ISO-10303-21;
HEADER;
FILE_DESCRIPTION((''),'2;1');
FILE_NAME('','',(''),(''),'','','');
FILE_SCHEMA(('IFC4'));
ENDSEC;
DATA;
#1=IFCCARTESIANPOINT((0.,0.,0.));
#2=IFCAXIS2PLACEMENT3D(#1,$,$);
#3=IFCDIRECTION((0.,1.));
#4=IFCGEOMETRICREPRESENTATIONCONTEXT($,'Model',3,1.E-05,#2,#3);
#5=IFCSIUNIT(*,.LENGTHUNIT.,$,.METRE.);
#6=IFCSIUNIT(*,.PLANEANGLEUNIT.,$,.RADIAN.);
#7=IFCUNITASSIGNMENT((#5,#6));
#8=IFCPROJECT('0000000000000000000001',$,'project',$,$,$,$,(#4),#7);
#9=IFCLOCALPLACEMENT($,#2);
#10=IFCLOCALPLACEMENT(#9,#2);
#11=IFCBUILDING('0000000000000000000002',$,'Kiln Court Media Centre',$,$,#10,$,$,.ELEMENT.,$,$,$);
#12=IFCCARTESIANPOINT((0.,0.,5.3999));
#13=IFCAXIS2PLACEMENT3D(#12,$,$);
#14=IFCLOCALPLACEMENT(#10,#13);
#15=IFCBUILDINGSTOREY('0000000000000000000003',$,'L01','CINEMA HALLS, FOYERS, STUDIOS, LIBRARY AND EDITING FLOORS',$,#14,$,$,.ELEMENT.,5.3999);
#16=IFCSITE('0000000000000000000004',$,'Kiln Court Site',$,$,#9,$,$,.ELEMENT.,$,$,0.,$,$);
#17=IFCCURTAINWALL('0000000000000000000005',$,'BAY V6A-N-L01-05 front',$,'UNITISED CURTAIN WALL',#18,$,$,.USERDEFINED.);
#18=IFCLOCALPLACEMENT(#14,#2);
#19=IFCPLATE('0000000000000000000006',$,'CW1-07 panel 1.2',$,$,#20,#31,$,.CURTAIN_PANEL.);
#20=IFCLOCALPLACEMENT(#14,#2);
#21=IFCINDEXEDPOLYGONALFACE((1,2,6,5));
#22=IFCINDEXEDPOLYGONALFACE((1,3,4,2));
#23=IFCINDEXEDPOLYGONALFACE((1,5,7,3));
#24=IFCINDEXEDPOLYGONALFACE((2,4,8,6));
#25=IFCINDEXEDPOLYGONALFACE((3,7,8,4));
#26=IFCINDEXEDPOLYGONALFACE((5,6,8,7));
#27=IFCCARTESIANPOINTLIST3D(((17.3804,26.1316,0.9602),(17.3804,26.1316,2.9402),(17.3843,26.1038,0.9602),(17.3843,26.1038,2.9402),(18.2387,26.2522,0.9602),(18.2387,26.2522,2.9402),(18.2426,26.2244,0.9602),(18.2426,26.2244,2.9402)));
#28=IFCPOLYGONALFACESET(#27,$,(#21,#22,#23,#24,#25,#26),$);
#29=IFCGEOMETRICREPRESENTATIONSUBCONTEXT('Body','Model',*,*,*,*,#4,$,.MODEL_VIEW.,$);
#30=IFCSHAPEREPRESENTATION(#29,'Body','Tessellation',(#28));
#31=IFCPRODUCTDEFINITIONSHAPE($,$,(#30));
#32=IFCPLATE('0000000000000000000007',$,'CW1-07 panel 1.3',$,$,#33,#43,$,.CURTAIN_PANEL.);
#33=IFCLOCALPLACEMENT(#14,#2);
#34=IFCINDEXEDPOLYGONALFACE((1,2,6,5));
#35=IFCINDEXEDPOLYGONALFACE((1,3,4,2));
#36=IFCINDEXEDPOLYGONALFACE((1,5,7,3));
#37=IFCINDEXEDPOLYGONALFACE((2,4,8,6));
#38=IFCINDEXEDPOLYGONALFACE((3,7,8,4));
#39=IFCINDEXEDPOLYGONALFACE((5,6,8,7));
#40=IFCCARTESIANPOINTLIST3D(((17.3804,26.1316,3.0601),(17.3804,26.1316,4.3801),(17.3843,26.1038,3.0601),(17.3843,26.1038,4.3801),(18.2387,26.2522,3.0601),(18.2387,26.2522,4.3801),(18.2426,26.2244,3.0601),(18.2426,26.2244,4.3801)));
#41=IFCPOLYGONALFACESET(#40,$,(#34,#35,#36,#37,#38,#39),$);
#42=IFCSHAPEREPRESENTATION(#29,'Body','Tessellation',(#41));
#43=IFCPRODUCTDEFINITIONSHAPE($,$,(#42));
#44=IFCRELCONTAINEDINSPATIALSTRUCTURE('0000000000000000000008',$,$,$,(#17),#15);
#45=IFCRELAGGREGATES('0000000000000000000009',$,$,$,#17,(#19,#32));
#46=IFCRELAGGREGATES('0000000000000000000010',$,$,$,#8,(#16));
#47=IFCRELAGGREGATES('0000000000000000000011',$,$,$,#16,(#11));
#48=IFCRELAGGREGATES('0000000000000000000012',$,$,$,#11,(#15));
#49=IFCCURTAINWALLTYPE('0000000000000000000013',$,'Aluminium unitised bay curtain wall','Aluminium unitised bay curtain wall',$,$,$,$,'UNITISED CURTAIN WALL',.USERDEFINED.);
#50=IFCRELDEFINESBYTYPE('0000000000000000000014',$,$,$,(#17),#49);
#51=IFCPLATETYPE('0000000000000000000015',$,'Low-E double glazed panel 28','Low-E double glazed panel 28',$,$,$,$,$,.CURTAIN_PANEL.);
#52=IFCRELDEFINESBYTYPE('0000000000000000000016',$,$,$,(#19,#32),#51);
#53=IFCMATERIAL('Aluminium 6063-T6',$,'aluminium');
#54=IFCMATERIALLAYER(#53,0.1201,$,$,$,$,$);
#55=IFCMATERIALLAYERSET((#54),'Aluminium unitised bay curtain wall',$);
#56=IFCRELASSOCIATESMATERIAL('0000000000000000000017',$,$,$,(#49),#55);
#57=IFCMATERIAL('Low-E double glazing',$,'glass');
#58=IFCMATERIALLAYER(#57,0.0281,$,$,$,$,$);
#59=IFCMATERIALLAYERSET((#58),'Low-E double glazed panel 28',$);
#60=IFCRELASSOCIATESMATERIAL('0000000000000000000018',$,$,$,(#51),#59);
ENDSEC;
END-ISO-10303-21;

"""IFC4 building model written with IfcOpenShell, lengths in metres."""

from ifc_helpers import new_model, si_unit, direction, frame, origin, origin_2d, place, context, subcontext, project, spatial, rectangle, extrude, material, layer, layer_set, type_object, element, aggregate, save


model = new_model("IFC4")

# Units and contexts
model_context = context("Model", 3, precision=1e-05, world=origin(), true_north=direction((0.0, 1.0)))
body_context = subcontext(model_context, "Body", "Model", "MODEL_VIEW")
ifc_project = project(units=[si_unit("LENGTHUNIT", "METRE"), si_unit("PLANEANGLEUNIT", "RADIAN")], contexts=[model_context])

# Site, building, storey
site_placement = place(None, origin())
site = spatial("IfcSite", under=ifc_project, at=site_placement, Name="Kiln Court Site", CompositionType="ELEMENT", RefElevation=0.0)
building_placement = place(site_placement, origin())
building = spatial("IfcBuilding", under=site, at=building_placement, Name="Kiln Court Media Centre", CompositionType="ELEMENT")
storey_placement = place(building_placement, frame((0.0, 0.0, 5.3999)))
storey = spatial("IfcBuildingStorey", under=building, at=storey_placement, Name="L01", Description="CINEMA HALLS, FOYERS, STUDIOS, LIBRARY AND EDITING FLOORS", CompositionType="ELEMENT", Elevation=5.3999)

# Curtain wall
ifc_material_1 = material(Name="Aluminium 6063-T6", Category="aluminium")
ifc_layer_1 = layer(ifc_material_1, 0.1201)
ifc_layer_set_1 = layer_set([ifc_layer_1], Name="Aluminium unitised bay curtain wall")
curtain_wall_type = type_object("IfcCurtainWallType", Name="Aluminium unitised bay curtain wall", Description="Aluminium unitised bay curtain wall", ElementType="UNITISED CURTAIN WALL", PredefinedType="USERDEFINED", material=ifc_layer_set_1)
curtain_wall_1_placement = place(storey_placement, origin())
curtain_wall_1 = element("IfcCurtainWall", 1, at=curtain_wall_1_placement, inside=storey, type_object=curtain_wall_type, Name="BAY V6A-N-L01-05 front", ObjectType="UNITISED CURTAIN WALL", PredefinedType="USERDEFINED")

# Plates
ifc_material_2 = material(Name="Low-E double glazing", Category="glass")
ifc_layer_2 = layer(ifc_material_2, 0.0281)
ifc_layer_set_2 = layer_set([ifc_layer_2], Name="Low-E double glazed panel 28")
plate_type_1 = type_object("IfcPlateType", Name="Low-E double glazed panel 28", Description="Low-E double glazed panel 28", PredefinedType="CURTAIN_PANEL", material=ifc_layer_set_2)
plate_1_placement = place(storey_placement, frame((17.8115, 26.178, 0.9602), z_axis=(0.0, 0.0, 1.0), x_axis=(0.99027, 0.139162, 0.0)))
plate_1 = element("IfcPlate", 2, at=plate_1_placement, type_object=plate_type_1, Name="CW1-07 panel 1.2", PredefinedType="CURTAIN_PANEL", context=body_context, shape_type="SweptSolid", body=[
    extrude(rectangle(XDim=0.8667, YDim=0.0281, at=origin_2d()), origin(), (0.0, 0.0, 1.0), 1.98),
])
plate_2_placement = place(storey_placement, frame((17.8115, 26.178, 3.0601), z_axis=(0.0, 0.0, 1.0), x_axis=(0.99027, 0.139162, 0.0)))
plate_2 = element("IfcPlate", 3, at=plate_2_placement, type_object=plate_type_1, Name="CW1-07 panel 1.3", PredefinedType="CURTAIN_PANEL", context=body_context, shape_type="SweptSolid", body=[
    extrude(rectangle(XDim=0.8667, YDim=0.0281, at=origin_2d()), origin(), (0.0, 0.0, 1.0), 1.3201),
])
aggregate(curtain_wall_1, [plate_1, plate_2])

save(model, "model.ifc")
